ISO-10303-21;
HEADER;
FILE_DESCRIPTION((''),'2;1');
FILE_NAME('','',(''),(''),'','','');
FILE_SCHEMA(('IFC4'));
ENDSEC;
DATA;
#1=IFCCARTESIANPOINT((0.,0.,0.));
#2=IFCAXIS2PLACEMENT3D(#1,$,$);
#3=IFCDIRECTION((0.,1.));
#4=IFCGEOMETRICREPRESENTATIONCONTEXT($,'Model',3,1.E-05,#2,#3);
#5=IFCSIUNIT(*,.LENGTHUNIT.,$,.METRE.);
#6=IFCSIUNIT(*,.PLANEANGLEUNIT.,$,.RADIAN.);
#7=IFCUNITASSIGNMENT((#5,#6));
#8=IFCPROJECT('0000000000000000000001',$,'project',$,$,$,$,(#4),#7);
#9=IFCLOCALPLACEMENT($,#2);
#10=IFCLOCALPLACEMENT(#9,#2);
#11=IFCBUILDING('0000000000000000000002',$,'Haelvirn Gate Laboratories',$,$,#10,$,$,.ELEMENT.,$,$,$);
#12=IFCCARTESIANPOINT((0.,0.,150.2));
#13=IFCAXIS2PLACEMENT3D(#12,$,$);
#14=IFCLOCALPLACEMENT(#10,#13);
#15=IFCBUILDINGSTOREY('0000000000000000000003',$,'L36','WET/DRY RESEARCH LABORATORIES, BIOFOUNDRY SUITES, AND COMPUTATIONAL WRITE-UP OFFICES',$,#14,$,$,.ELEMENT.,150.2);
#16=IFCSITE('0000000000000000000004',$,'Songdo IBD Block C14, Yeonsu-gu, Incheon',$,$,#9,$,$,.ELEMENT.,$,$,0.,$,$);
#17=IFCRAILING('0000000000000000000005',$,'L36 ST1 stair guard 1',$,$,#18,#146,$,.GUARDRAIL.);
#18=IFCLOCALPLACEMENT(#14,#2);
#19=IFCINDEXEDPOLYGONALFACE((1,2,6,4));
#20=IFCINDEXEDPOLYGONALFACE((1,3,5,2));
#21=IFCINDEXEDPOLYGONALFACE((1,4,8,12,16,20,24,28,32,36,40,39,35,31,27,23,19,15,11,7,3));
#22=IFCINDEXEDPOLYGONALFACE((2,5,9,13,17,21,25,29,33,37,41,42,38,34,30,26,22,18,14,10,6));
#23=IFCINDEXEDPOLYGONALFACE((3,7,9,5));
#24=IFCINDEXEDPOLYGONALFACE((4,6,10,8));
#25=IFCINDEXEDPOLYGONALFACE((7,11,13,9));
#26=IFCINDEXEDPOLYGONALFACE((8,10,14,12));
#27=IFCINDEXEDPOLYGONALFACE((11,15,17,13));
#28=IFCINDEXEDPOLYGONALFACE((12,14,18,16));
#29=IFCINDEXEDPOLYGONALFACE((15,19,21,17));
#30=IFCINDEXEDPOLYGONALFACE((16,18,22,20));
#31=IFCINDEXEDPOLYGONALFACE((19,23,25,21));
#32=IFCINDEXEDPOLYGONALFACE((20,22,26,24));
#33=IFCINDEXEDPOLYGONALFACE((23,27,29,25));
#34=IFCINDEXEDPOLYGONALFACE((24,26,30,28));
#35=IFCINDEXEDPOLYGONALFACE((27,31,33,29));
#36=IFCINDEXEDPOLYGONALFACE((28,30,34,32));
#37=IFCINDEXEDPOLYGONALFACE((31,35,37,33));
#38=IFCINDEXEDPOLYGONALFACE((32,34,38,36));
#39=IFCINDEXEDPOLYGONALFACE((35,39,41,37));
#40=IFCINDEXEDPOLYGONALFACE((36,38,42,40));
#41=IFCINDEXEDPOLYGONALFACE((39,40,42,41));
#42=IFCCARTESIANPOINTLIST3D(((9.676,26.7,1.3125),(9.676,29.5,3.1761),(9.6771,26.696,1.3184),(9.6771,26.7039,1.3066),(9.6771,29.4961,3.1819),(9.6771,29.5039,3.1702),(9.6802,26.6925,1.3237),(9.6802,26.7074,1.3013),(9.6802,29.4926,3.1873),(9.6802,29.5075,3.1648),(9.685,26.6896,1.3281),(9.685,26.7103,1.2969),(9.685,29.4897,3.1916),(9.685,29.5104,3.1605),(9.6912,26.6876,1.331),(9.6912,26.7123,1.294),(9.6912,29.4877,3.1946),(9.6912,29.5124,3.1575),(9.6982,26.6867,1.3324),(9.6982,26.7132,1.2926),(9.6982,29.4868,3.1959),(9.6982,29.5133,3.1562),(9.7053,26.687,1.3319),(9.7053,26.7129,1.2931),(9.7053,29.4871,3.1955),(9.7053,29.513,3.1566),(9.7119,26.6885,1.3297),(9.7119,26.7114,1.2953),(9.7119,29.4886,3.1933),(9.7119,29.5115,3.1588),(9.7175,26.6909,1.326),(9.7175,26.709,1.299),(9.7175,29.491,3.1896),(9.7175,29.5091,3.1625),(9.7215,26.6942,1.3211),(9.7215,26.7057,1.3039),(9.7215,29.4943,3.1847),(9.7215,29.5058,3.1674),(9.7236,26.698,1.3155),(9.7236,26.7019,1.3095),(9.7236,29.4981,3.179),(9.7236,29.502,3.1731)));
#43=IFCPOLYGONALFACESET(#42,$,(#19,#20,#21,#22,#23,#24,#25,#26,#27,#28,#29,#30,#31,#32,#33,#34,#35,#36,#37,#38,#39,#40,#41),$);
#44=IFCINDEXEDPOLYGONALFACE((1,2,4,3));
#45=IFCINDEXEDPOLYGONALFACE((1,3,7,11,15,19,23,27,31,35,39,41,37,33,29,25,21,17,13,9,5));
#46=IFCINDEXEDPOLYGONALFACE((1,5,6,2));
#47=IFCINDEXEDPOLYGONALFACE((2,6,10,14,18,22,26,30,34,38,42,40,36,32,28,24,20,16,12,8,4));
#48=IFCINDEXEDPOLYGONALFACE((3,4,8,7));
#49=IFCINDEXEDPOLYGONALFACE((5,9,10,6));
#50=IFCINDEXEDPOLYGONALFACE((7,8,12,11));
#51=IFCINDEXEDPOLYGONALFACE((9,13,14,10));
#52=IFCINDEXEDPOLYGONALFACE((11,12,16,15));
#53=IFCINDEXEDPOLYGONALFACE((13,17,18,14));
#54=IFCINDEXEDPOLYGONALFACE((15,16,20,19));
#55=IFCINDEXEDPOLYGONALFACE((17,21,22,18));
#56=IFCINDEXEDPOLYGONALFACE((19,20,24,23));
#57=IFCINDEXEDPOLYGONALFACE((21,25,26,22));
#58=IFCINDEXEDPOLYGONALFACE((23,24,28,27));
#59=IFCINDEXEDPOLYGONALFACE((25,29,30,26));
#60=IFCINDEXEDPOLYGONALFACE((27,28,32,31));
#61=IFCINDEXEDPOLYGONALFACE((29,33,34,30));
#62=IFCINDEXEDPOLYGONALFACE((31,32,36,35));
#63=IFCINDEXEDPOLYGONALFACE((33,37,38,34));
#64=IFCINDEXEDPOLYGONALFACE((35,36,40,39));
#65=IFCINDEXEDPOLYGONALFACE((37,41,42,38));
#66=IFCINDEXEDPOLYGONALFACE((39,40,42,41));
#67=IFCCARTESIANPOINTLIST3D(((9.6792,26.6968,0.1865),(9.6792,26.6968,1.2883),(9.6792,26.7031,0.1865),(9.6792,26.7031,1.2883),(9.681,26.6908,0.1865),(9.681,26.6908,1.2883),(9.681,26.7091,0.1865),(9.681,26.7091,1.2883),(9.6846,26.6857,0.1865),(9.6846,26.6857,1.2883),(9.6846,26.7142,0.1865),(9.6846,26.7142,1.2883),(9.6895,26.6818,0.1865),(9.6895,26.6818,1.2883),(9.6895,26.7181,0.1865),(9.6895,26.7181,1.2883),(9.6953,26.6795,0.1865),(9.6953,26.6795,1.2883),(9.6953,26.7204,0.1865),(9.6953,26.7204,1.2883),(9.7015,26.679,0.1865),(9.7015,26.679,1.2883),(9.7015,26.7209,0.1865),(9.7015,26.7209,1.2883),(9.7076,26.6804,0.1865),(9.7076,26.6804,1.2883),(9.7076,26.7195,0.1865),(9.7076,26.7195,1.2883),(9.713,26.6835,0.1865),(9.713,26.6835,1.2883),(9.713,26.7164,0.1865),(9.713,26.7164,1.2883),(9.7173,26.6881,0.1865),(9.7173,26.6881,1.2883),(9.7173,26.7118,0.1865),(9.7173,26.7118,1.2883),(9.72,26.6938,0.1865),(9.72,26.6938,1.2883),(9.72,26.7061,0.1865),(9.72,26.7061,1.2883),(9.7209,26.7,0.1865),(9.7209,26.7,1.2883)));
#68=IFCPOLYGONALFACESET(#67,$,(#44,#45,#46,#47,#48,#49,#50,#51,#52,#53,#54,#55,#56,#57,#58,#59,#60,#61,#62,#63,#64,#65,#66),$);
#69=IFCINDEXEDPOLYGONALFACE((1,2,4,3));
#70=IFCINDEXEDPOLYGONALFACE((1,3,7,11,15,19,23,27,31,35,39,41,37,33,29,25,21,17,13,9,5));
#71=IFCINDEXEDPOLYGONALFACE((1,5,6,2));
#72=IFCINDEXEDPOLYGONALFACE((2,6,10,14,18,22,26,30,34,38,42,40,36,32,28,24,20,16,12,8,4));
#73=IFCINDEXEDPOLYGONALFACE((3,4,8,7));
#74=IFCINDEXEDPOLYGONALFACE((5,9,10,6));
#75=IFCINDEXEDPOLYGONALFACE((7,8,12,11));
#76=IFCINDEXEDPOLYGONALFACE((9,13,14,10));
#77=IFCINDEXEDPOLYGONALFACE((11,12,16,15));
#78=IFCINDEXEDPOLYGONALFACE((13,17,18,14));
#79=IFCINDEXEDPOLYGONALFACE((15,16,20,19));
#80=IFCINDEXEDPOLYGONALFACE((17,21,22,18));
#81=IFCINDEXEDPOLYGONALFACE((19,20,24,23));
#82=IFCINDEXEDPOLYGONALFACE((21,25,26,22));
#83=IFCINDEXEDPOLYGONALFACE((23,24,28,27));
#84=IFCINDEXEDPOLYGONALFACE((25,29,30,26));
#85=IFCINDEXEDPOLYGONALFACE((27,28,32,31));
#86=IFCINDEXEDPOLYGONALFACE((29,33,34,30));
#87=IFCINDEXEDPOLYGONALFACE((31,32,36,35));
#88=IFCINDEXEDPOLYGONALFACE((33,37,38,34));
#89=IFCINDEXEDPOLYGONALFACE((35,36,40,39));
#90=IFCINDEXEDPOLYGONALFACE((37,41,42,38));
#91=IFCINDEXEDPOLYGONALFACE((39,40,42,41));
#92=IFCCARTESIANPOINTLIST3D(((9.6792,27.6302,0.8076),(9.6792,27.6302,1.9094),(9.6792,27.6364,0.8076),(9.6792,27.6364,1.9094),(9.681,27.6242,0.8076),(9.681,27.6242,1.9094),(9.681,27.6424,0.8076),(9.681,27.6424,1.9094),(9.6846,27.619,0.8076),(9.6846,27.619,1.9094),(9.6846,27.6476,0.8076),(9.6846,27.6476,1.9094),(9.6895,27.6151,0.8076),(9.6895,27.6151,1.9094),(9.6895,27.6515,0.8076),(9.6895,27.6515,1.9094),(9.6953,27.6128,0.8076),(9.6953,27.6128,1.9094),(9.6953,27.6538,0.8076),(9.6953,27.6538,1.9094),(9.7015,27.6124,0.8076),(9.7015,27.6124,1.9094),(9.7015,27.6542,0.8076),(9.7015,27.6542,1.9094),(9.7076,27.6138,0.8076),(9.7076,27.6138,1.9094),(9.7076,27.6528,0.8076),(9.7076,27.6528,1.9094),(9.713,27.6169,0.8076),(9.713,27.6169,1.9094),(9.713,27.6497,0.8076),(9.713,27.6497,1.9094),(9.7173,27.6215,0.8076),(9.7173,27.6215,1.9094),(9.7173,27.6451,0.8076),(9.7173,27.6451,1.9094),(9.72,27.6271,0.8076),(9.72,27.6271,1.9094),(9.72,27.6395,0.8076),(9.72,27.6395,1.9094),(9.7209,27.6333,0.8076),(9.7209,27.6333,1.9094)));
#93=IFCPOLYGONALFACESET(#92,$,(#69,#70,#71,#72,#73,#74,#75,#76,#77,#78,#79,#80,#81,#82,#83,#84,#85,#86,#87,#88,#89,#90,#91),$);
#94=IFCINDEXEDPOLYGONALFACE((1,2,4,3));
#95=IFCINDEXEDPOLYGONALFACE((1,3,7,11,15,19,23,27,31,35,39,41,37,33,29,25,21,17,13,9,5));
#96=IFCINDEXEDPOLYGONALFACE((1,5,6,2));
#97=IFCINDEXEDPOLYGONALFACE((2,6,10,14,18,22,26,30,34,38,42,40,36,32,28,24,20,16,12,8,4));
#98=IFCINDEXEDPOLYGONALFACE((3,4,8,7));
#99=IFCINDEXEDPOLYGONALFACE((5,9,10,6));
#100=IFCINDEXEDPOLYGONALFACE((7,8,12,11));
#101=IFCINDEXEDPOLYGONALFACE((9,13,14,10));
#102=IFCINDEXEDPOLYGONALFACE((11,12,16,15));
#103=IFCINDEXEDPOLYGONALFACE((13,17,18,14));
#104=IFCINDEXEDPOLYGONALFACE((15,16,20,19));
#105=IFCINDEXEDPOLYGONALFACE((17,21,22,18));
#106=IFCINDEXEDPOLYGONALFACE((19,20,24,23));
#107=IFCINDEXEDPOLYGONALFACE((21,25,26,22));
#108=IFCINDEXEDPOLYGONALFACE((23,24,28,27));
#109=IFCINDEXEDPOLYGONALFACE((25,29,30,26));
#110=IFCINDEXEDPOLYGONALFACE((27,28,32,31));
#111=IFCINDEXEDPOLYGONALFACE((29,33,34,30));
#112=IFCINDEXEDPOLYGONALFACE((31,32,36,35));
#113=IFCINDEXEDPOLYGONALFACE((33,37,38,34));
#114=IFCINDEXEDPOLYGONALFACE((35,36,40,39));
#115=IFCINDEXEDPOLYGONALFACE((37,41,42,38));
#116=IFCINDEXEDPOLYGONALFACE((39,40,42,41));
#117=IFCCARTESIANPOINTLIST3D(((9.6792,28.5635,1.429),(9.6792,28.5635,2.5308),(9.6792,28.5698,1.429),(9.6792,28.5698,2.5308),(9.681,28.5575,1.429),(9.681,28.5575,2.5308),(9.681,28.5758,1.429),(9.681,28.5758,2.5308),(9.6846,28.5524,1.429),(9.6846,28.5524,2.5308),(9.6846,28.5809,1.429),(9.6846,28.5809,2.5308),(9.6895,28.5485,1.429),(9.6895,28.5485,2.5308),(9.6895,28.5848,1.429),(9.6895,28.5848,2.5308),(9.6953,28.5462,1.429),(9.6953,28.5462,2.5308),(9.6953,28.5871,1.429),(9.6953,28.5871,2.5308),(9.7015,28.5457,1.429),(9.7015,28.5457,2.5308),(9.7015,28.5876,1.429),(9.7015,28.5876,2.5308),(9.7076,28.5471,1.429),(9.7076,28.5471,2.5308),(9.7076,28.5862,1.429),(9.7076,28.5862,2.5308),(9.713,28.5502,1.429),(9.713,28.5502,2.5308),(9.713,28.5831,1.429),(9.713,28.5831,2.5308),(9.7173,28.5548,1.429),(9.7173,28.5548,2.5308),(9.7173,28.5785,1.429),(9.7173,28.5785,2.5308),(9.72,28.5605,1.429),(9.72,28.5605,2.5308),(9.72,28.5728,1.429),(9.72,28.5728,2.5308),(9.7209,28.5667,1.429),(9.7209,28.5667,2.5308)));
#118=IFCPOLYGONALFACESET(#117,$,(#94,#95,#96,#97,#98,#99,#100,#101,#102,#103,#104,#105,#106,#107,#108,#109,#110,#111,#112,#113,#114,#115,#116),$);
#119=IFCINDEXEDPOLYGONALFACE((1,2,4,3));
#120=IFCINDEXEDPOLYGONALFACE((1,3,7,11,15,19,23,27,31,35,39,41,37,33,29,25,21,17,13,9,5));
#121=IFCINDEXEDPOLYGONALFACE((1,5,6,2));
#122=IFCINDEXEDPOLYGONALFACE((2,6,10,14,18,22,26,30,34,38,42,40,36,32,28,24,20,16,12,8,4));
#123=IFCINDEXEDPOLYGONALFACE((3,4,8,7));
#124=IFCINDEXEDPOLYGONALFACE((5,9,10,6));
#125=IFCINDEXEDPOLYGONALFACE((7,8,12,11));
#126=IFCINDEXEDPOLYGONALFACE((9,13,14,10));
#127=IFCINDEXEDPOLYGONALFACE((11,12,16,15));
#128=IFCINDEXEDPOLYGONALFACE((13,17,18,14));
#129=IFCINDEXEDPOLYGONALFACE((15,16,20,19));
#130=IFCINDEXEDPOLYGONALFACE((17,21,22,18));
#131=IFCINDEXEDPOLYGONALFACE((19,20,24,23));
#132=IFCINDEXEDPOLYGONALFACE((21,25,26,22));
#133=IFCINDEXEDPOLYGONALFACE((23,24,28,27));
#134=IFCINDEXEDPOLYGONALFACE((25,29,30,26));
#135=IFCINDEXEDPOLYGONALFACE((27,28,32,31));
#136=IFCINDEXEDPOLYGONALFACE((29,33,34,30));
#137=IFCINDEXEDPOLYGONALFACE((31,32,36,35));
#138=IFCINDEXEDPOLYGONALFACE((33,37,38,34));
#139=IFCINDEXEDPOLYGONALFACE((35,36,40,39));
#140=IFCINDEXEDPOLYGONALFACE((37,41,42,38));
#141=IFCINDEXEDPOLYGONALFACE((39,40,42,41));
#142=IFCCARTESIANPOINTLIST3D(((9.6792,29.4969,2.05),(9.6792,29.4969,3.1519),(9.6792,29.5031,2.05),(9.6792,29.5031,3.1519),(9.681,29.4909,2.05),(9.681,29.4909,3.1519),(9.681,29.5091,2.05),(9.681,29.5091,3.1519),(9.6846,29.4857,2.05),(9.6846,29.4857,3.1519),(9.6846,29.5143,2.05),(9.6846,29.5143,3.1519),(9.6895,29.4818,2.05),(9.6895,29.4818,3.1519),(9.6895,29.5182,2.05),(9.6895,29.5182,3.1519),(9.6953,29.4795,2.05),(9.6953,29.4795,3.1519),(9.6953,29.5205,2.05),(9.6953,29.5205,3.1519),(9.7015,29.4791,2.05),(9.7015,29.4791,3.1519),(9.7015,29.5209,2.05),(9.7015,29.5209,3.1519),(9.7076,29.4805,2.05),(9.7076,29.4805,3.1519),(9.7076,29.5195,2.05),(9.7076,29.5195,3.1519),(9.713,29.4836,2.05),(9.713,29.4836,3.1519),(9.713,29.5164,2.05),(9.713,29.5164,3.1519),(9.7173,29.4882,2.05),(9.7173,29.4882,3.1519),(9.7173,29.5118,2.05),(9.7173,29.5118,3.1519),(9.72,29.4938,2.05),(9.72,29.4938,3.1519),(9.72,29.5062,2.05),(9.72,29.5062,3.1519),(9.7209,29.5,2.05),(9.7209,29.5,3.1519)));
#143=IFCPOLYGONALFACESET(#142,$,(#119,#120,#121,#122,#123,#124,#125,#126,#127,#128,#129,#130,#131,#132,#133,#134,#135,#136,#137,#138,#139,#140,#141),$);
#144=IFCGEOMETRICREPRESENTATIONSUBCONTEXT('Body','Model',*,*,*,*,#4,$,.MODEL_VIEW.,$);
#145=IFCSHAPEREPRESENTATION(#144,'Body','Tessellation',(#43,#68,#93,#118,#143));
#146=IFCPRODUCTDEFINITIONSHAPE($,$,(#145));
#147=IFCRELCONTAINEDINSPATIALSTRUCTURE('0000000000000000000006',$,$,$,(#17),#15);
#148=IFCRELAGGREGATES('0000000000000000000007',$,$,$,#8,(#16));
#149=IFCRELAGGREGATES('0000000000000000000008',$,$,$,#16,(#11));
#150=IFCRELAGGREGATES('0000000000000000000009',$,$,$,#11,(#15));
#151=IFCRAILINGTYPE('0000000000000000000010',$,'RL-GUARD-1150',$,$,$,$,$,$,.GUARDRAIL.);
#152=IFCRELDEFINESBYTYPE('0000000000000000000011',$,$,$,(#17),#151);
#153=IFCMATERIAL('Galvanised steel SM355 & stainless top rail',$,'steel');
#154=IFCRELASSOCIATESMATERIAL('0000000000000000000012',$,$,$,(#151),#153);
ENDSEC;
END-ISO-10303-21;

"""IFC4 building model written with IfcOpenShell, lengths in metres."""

from ifc_helpers import new_model, si_unit, direction, frame, origin, origin_2d, place, context, subcontext, project, spatial, circle, extrude, source, transform, mapped, material, type_object, element, save


model = new_model("IFC4")

# Units and contexts
model_context = context("Model", 3, precision=1e-05, world=origin(), true_north=direction((0.0, 1.0)))
body_context = subcontext(model_context, "Body", "Model", "MODEL_VIEW")
ifc_project = project(units=[si_unit("LENGTHUNIT", "METRE"), si_unit("PLANEANGLEUNIT", "RADIAN")], contexts=[model_context])

# Site, building, storey
site_placement = place(None, origin())
site = spatial("IfcSite", under=ifc_project, at=site_placement, Name="Songdo IBD Block C14, Yeonsu-gu, Incheon", CompositionType="ELEMENT", RefElevation=0.0)
building_placement = place(site_placement, origin())
building = spatial("IfcBuilding", under=site, at=building_placement, Name="Haelvirn Gate Laboratories", CompositionType="ELEMENT")
storey_placement = place(building_placement, frame((0.0, 0.0, 150.2)))
storey = spatial("IfcBuildingStorey", under=building, at=storey_placement, Name="L36", Description="WET/DRY RESEARCH LABORATORIES, BIOFOUNDRY SUITES, AND COMPUTATIONAL WRITE-UP OFFICES", CompositionType="ELEMENT", Elevation=150.2)

# Railing
ifc_material_1 = material(Name="Galvanised steel SM355 & stainless top rail", Category="steel")
railing_type_1 = type_object("IfcRailingType", Name="RL-GUARD-1150", PredefinedType="GUARDRAIL", material=ifc_material_1)
shared_shape_1 = source(origin(), body_context, "Body", "SweptSolid", [
    extrude(circle(Radius=0.0239, at=origin_2d()), frame((0.0, 0.0, 1.126), z_axis=(0.0, 0.832486, 0.554047), x_axis=(-1.0, 0.0, 0.0)), (0.0, 0.0, 1.0), 3.3635),
    extrude(circle(Radius=0.021, at=origin_2d()), origin(), (0.0, 0.0, 1.0), 1.1018),
    extrude(circle(Radius=0.021, at=origin_2d()), frame((0.0, 0.9333, 0.6211)), (0.0, 0.0, 1.0), 1.1018),
    extrude(circle(Radius=0.021, at=origin_2d()), frame((0.0, 1.8667, 1.2424)), (0.0, 0.0, 1.0), 1.1018),
    extrude(circle(Radius=0.021, at=origin_2d()), frame((0.0, 2.8, 1.8635)), (0.0, 0.0, 1.0), 1.1018),
])
railing_1_placement = place(storey_placement, frame((9.7, 26.7, 0.1865)))
element("IfcRailing", 1, at=railing_1_placement, inside=storey, type_object=railing_type_1, Name="L36 ST1 stair guard 1", PredefinedType="GUARDRAIL", context=body_context, shape_type="MappedRepresentation", body=[
    mapped(shared_shape_1, transform((0.0, 0.0, 0.0), scale=1.0)),
])

save(model, "model.ifc")
